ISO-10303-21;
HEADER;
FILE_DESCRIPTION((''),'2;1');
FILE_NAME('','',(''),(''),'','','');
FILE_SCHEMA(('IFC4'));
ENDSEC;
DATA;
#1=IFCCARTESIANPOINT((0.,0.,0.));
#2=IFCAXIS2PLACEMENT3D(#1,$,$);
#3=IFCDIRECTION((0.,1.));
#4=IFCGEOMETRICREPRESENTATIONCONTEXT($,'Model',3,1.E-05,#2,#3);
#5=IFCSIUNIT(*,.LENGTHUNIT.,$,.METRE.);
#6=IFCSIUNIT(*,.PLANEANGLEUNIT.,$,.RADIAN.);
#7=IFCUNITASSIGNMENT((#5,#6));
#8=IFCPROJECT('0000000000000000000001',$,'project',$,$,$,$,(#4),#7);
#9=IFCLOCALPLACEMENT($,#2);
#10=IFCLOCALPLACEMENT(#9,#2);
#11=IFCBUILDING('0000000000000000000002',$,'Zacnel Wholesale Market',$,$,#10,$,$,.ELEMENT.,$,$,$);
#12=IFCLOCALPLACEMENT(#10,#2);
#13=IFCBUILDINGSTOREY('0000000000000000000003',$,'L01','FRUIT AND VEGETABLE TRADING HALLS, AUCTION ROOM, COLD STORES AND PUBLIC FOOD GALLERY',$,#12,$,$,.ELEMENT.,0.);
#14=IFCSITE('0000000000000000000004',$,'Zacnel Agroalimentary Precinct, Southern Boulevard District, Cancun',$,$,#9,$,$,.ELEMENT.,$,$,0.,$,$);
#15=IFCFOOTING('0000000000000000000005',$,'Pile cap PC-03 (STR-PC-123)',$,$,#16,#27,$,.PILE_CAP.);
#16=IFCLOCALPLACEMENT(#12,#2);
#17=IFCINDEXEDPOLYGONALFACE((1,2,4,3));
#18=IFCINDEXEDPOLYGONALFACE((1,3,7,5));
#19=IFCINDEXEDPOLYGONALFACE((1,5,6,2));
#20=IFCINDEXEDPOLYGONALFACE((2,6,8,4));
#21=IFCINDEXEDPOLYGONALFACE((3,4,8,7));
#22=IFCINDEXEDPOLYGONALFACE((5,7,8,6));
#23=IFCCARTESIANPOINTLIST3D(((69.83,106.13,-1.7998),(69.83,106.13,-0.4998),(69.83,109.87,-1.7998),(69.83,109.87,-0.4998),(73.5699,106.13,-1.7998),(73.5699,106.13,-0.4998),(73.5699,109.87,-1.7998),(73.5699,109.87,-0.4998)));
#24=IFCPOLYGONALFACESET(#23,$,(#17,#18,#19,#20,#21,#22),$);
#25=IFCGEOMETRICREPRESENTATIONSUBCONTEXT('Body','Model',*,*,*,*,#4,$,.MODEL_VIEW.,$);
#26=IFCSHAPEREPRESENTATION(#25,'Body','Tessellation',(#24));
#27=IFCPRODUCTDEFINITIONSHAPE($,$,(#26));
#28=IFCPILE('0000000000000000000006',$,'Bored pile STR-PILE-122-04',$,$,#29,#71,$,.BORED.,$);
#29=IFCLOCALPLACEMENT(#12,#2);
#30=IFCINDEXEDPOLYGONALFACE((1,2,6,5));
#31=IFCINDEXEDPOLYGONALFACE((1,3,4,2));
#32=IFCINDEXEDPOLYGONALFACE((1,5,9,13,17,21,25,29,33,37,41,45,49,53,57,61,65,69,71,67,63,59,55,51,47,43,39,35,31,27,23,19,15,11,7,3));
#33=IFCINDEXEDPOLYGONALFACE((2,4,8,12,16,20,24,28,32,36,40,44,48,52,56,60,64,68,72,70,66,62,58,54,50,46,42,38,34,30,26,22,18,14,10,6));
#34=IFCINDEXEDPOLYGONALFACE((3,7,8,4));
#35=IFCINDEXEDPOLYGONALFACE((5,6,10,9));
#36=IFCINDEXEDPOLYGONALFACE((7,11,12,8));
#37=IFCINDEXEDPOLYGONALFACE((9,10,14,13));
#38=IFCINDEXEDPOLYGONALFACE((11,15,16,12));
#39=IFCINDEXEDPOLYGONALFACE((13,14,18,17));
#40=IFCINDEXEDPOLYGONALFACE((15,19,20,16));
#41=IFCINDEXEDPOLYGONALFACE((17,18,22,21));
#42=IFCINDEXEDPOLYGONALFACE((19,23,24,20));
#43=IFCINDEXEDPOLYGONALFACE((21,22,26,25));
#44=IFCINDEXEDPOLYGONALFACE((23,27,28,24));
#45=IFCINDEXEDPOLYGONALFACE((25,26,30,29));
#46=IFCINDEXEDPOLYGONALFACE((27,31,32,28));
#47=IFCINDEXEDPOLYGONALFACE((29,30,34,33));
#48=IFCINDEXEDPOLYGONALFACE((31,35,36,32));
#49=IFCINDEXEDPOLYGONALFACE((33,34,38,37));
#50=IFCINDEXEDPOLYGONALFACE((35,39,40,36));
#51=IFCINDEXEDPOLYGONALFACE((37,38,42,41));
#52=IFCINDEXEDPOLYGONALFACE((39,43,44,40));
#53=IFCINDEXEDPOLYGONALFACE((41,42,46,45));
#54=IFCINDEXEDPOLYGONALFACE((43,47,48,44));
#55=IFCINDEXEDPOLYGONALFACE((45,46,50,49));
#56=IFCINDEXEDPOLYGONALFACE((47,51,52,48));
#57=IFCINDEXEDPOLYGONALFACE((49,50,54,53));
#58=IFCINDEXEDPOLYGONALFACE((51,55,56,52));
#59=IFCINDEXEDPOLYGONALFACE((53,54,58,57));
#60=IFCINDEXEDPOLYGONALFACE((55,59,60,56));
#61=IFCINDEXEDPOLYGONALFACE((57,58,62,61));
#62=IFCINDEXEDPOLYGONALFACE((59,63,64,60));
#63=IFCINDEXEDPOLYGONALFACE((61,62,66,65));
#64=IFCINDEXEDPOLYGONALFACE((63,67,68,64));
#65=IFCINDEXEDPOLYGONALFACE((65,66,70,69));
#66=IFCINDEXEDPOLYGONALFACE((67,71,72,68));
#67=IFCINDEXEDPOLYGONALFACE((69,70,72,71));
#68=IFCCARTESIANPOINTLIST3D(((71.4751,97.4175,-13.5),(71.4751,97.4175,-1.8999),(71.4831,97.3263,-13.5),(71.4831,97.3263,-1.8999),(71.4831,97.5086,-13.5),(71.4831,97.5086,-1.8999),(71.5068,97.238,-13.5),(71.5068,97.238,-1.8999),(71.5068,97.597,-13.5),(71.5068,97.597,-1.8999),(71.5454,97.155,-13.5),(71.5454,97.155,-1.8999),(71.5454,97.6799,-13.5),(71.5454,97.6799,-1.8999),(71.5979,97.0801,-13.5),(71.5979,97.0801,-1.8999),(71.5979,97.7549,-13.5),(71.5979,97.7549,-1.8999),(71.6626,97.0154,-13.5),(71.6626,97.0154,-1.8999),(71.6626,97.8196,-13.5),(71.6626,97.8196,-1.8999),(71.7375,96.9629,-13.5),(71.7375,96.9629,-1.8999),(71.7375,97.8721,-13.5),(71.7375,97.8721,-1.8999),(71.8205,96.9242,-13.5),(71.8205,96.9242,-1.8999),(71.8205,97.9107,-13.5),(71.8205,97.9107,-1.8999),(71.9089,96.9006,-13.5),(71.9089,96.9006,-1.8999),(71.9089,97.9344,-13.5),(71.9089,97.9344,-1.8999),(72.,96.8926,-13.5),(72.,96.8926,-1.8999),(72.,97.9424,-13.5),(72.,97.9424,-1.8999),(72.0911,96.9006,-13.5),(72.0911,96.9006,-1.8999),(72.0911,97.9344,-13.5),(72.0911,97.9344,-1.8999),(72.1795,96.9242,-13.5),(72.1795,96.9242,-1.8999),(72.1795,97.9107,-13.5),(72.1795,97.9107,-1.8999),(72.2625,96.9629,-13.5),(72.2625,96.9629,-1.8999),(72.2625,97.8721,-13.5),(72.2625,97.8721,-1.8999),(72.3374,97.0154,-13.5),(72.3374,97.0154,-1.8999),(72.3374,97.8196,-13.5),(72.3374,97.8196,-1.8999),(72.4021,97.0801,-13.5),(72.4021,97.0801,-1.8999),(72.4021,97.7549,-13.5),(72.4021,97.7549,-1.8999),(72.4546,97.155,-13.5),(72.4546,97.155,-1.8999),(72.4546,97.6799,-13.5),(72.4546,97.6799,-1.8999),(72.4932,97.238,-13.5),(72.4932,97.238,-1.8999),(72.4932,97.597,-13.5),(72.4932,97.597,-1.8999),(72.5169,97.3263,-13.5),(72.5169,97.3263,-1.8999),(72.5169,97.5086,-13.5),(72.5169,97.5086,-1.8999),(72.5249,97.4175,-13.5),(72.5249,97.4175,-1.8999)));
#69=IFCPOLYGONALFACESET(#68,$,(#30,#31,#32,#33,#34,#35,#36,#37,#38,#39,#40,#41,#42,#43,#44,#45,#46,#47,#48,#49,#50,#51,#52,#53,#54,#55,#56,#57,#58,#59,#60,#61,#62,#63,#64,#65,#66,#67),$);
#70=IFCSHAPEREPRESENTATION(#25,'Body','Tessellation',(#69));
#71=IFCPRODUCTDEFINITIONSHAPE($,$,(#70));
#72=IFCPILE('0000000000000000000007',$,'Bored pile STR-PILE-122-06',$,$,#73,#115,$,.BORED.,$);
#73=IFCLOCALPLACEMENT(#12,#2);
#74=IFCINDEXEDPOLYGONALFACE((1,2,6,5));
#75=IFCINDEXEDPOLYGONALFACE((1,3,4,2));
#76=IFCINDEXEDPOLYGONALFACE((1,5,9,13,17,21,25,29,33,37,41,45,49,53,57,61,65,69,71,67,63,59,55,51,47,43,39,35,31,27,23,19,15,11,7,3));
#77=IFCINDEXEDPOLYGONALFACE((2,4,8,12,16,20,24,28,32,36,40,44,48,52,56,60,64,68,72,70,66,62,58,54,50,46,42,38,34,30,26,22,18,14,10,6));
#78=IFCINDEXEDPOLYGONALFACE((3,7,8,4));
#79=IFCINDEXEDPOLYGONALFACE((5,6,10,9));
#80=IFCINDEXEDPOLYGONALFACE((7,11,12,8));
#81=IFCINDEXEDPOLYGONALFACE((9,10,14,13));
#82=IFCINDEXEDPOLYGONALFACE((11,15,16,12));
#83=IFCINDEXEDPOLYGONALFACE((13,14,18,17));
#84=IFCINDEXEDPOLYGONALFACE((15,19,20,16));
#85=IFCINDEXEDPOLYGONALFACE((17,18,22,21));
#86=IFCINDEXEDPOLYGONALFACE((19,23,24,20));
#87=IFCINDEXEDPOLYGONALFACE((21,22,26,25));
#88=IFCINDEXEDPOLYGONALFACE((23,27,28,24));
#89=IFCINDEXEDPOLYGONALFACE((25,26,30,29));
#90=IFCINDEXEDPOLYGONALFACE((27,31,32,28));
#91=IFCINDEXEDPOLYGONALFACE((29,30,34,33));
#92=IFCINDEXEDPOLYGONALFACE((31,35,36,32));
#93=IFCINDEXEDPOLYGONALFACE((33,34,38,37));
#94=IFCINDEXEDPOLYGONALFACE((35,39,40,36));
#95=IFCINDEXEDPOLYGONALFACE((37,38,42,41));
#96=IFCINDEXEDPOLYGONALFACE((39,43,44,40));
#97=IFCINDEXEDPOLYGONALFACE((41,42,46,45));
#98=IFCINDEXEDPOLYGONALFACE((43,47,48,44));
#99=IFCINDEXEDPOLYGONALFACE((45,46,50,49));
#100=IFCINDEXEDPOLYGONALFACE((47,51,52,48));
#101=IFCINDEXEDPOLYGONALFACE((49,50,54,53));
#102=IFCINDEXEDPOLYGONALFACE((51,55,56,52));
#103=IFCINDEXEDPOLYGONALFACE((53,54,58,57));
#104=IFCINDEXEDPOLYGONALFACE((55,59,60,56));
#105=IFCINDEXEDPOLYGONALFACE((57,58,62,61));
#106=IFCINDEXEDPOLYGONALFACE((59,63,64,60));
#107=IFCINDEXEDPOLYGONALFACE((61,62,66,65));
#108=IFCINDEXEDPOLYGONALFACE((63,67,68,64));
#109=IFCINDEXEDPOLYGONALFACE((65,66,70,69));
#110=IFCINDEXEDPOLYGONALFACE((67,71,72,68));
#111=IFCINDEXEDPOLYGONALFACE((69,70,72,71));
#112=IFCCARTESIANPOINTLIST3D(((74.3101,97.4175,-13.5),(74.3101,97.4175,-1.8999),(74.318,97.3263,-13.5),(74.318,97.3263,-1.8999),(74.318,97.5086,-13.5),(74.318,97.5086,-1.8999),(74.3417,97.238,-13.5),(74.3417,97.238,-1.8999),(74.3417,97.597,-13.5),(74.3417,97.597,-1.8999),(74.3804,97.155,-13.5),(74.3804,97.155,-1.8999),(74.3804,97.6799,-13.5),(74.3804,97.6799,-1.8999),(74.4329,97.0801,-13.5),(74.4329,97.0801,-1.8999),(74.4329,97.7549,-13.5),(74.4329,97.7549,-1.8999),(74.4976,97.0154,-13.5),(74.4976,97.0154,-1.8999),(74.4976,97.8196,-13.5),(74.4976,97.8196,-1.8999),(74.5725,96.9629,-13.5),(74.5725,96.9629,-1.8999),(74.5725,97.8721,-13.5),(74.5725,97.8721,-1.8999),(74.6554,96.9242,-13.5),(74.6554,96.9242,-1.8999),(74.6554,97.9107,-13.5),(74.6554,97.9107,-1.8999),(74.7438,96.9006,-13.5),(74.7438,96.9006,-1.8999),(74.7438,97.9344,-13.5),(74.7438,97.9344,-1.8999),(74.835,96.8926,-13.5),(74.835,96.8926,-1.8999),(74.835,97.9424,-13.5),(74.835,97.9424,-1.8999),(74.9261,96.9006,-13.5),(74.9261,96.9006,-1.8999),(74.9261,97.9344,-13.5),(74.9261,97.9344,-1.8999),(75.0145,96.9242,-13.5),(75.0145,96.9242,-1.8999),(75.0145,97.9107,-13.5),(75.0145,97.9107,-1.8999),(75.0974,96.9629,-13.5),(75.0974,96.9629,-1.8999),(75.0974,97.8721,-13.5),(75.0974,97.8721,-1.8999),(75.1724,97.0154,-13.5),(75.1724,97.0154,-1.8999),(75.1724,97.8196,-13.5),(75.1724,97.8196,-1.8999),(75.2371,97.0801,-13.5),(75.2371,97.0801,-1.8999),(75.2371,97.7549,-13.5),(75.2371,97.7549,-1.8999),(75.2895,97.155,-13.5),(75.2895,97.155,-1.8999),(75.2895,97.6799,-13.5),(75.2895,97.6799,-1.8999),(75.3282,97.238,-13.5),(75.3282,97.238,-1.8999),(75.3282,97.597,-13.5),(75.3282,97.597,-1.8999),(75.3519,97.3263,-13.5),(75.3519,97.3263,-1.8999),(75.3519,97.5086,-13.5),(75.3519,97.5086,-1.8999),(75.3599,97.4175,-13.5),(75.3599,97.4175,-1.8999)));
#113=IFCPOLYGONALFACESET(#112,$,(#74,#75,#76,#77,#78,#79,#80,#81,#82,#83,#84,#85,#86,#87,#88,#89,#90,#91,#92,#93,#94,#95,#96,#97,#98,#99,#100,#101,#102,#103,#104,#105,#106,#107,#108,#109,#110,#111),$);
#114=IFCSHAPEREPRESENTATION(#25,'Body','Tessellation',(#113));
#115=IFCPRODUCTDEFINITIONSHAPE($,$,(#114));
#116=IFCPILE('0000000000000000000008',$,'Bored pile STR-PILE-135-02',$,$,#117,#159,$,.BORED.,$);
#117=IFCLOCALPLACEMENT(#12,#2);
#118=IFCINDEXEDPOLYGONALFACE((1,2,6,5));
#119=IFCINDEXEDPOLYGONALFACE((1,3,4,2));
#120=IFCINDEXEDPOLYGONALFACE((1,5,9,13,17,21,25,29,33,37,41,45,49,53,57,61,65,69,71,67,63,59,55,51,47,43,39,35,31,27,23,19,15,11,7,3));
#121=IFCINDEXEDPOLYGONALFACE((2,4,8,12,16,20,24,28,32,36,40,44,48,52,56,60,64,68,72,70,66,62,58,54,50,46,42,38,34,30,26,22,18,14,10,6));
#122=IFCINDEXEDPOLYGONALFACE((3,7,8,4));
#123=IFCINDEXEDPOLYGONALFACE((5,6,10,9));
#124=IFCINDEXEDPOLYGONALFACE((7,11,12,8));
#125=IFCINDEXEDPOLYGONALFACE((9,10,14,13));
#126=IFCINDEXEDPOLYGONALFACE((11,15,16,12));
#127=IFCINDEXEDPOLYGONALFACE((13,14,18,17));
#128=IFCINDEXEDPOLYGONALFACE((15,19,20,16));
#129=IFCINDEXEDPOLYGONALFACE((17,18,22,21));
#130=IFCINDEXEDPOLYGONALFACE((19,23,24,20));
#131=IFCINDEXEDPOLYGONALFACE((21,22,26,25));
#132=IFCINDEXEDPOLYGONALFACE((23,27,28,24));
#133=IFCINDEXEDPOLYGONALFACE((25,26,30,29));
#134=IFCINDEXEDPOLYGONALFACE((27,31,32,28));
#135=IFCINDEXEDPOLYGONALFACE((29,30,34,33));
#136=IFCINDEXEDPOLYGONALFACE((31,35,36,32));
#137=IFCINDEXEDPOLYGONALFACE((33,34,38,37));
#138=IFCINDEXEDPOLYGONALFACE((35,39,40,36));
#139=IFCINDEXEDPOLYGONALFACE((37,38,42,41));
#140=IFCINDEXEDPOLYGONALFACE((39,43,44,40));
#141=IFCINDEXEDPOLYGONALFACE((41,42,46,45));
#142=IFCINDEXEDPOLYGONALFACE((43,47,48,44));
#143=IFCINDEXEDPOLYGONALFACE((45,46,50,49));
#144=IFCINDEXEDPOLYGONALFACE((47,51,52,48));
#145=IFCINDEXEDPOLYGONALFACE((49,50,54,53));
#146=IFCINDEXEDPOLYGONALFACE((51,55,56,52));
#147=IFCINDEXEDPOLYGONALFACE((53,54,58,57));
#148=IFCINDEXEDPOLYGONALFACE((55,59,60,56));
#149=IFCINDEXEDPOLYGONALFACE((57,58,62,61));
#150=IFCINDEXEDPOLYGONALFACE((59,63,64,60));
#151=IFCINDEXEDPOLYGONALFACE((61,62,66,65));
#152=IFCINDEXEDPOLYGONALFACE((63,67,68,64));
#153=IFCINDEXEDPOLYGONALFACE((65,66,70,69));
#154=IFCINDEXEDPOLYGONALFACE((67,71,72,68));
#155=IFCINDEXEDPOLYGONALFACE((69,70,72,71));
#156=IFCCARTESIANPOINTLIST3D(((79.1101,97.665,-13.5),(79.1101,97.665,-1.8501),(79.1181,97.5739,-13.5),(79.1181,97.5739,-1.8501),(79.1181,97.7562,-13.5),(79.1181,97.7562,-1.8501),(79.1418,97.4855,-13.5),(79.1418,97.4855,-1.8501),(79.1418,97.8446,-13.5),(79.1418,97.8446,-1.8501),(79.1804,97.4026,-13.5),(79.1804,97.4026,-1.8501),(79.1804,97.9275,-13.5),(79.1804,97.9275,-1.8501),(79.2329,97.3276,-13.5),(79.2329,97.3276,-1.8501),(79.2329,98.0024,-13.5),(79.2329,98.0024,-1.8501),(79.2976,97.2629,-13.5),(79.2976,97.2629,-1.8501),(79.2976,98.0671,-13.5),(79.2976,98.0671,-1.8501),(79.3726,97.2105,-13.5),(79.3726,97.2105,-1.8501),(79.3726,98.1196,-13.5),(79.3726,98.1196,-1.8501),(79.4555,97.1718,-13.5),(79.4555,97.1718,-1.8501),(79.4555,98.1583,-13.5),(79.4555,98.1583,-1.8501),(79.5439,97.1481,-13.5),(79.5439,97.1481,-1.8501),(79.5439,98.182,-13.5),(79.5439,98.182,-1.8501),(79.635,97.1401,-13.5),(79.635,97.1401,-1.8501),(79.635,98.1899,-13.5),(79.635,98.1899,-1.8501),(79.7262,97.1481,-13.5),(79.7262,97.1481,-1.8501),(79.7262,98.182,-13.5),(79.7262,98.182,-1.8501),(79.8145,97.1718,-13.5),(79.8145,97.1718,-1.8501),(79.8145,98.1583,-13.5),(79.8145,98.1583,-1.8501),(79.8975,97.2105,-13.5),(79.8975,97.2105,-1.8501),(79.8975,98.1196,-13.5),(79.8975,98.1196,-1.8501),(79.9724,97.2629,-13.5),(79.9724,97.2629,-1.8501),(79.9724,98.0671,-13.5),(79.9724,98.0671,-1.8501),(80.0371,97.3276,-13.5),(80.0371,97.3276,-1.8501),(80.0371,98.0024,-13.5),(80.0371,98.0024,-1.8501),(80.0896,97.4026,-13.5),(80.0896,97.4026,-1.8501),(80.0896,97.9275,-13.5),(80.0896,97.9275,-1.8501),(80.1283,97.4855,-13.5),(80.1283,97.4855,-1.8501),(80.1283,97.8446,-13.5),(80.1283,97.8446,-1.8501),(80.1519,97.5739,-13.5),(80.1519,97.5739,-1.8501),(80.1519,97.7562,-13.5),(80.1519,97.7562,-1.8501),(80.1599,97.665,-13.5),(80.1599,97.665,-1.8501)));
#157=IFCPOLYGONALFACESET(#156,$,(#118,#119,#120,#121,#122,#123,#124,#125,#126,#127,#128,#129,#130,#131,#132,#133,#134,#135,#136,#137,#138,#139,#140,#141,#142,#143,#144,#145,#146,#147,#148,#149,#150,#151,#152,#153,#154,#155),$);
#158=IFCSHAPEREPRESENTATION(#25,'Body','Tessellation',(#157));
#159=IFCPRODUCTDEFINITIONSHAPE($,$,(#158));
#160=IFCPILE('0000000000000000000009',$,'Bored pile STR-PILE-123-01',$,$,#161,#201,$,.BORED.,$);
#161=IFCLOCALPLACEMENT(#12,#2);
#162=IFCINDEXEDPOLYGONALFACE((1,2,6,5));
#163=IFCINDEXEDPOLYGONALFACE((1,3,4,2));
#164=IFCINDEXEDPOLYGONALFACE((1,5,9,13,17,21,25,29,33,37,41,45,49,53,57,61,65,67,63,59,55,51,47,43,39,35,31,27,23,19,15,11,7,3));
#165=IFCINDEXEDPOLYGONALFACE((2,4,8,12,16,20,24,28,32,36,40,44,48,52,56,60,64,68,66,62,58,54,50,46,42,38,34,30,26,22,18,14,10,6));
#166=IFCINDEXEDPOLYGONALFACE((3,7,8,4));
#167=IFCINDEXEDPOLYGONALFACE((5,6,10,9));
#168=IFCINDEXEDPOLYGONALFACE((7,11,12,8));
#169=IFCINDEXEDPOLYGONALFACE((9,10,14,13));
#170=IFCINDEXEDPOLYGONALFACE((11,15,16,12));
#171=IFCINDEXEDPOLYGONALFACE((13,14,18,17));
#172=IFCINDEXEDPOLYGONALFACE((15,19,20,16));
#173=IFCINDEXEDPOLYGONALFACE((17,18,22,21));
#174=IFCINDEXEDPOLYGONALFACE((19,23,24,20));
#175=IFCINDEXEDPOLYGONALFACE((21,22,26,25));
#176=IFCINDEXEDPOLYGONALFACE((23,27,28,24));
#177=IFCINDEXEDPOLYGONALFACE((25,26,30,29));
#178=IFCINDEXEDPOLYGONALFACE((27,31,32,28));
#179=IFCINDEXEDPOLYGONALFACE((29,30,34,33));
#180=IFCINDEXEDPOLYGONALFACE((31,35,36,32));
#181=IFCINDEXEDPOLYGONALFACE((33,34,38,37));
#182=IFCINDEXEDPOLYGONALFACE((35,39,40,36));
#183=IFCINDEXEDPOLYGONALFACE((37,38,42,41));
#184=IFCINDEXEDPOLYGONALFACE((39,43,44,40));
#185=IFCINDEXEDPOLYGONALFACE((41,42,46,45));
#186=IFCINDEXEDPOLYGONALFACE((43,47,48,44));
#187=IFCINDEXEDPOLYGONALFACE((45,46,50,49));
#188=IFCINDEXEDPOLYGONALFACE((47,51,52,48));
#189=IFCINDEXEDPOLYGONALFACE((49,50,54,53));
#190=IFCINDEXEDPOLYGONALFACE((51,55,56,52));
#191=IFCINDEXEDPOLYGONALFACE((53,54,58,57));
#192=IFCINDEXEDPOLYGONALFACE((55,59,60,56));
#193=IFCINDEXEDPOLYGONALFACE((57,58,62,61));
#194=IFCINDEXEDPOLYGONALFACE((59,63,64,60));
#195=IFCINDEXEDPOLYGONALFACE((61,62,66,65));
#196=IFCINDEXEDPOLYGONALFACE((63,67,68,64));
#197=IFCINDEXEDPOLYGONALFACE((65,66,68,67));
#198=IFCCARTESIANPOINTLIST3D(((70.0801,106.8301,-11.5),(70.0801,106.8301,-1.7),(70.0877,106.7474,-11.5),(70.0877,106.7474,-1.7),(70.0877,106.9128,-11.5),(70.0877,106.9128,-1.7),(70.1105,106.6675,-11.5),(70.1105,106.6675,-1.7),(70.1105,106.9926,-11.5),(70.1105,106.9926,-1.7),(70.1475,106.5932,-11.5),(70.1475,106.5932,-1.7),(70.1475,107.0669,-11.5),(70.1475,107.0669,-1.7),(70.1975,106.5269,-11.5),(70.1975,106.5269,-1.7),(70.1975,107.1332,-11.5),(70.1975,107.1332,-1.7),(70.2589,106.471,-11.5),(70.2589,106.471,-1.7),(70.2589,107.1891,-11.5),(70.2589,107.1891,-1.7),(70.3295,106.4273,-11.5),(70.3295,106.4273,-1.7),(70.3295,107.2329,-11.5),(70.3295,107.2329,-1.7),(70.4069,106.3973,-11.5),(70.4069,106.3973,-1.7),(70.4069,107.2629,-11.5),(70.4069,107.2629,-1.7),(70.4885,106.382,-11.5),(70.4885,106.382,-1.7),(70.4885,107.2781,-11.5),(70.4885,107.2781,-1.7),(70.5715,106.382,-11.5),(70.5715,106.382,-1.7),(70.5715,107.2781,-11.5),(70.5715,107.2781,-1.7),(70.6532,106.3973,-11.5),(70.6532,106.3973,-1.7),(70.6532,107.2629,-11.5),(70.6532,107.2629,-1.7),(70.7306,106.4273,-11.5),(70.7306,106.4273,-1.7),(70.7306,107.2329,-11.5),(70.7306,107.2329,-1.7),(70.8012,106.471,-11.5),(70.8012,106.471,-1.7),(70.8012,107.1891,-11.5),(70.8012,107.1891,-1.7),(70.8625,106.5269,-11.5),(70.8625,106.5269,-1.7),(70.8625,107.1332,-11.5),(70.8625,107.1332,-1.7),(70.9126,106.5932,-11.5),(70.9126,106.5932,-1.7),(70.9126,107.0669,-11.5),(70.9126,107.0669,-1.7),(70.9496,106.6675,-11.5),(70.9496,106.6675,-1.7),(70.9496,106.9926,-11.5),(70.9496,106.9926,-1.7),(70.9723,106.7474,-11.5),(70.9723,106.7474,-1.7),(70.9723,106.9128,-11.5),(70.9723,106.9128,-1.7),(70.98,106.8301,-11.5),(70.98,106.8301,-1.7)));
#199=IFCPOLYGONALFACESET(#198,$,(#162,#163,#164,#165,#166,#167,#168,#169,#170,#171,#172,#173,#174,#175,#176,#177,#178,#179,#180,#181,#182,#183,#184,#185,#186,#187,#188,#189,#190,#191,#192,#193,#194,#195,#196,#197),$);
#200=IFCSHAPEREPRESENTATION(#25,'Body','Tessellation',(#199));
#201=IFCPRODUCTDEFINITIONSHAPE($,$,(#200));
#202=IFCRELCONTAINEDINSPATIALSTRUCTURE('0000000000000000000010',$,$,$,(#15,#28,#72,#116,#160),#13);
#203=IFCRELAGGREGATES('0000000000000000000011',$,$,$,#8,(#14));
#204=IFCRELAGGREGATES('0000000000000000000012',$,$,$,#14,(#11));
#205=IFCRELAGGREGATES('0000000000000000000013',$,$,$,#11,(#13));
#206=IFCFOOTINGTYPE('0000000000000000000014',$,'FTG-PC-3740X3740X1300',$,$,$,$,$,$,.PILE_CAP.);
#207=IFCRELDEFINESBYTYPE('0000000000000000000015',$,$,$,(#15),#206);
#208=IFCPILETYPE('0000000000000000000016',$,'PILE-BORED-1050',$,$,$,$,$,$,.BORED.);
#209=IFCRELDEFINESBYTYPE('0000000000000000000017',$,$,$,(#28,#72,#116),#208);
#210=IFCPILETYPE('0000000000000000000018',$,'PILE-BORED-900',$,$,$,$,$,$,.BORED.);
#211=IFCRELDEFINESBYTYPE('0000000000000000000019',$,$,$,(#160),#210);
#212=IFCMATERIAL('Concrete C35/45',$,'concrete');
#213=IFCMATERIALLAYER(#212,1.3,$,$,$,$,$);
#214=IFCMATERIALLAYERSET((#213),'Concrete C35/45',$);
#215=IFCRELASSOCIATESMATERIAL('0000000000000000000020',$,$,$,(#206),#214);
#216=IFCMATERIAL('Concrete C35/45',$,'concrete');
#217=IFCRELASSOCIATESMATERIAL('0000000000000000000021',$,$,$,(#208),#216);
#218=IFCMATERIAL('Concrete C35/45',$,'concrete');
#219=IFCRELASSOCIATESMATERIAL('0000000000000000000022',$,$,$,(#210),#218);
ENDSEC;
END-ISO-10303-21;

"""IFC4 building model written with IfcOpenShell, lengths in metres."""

from ifc_helpers import new_model, si_unit, direction, frame, origin, origin_2d, place, context, subcontext, project, spatial, rectangle, circle, extrude, material, layer, layer_set, material_profile, profile_set, type_object, element, save


model = new_model("IFC4")

# Units and contexts
model_context = context("Model", 3, precision=1e-05, world=origin(), true_north=direction((0.0, 1.0)))
body_context = subcontext(model_context, "Body", "Model", "MODEL_VIEW")
ifc_project = project(units=[si_unit("LENGTHUNIT", "METRE"), si_unit("PLANEANGLEUNIT", "RADIAN")], contexts=[model_context])

# Site, building, storey
site_placement = place(None, origin())
site = spatial("IfcSite", under=ifc_project, at=site_placement, Name="Zacnel Agroalimentary Precinct, Southern Boulevard District, Cancun", CompositionType="ELEMENT", RefElevation=0.0)
building_placement = place(site_placement, origin())
building = spatial("IfcBuilding", under=site, at=building_placement, Name="Zacnel Wholesale Market", CompositionType="ELEMENT")
storey_placement = place(building_placement, origin())
storey = spatial("IfcBuildingStorey", under=building, at=storey_placement, Name="L01", Description="FRUIT AND VEGETABLE TRADING HALLS, AUCTION ROOM, COLD STORES AND PUBLIC FOOD GALLERY", CompositionType="ELEMENT", Elevation=0.0)

# Footing
ifc_material_1 = material(Name="Concrete C35/45", Category="concrete")
ifc_layer_1 = layer(ifc_material_1, 1.3)
ifc_layer_set_1 = layer_set([ifc_layer_1], Name="Concrete C35/45")
footing_type = type_object("IfcFootingType", Name="FTG-PC-3740X3740X1300", PredefinedType="PILE_CAP", material=ifc_layer_set_1)
footing_placement = place(storey_placement, frame((71.7, 108.0, -1.7998), z_axis=(0.0, 0.0, 1.0), x_axis=(1.0, 0.0, 0.0)))
element("IfcFooting", 1, at=footing_placement, inside=storey, type_object=footing_type, Name="Pile cap PC-03 (STR-PC-123)", PredefinedType="PILE_CAP", context=body_context, shape_type="SweptSolid", body=[
    extrude(rectangle(XDim=3.74, YDim=3.74, at=origin_2d()), origin(), (0.0, 0.0, 1.0), 1.3),
])

# Piles
ifc_material_2 = material(Name="Concrete C35/45", Category="concrete")
ifc_material_profile_1 = material_profile(ifc_material_2, circle(Radius=0.5249, at=origin_2d()), Name="BORED PILE D1050")
ifc_profile_set_1 = profile_set([ifc_material_profile_1], Name="Concrete C35/45")
pile_type_1 = type_object("IfcPileType", Name="PILE-BORED-1050", PredefinedType="BORED", material=ifc_profile_set_1)
for number, where, z_axis, x_axis, name in (
    (2, (72.0, 97.4175, -1.8999), (0.0, 0.0, -1.0), (1.0, 0.0, 0.0), "Bored pile STR-PILE-122-04"),
    (3, (74.835, 97.4175, -1.8999), (0.0, 0.0, -1.0), (1.0, 0.0, 0.0), "Bored pile STR-PILE-122-06"),
):
    element("IfcPile", number, at=place(storey_placement, frame(where, z_axis=z_axis, x_axis=x_axis)), inside=storey, type_object=pile_type_1, Name=name, PredefinedType="BORED", context=body_context, shape_type="SweptSolid", body=[
        extrude(circle(Radius=0.5249, at=origin_2d()), origin(), (0.0, 0.0, 1.0), 11.6001),
    ])
pile_placement = place(storey_placement, frame((79.635, 97.665, -1.8501), z_axis=(0.0, 0.0, -1.0), x_axis=(1.0, 0.0, 0.0)))
element("IfcPile", 4, at=pile_placement, inside=storey, type_object=pile_type_1, Name="Bored pile STR-PILE-135-02", PredefinedType="BORED", context=body_context, shape_type="SweptSolid", body=[
    extrude(circle(Radius=0.5249, at=origin_2d()), origin(), (0.0, 0.0, 1.0), 11.6499),
])
ifc_material_3 = material(Name="Concrete C35/45", Category="concrete")
ifc_material_profile_2 = material_profile(ifc_material_3, circle(Radius=0.45, at=origin_2d()), Name="BORED PILE D900")
ifc_profile_set_2 = profile_set([ifc_material_profile_2], Name="Concrete C35/45")
pile_type_2 = type_object("IfcPileType", Name="PILE-BORED-900", PredefinedType="BORED", material=ifc_profile_set_2)
for number, where, z_axis, x_axis, name in (
    (5, (70.53, 106.8301, -1.7), (0.0, 0.0, -1.0), (1.0, 0.0, 0.0), "Bored pile STR-PILE-123-01"),
):
    element("IfcPile", number, at=place(storey_placement, frame(where, z_axis=z_axis, x_axis=x_axis)), inside=storey, type_object=pile_type_2, Name=name, PredefinedType="BORED", context=body_context, shape_type="SweptSolid", body=[
        extrude(circle(Radius=0.45, at=origin_2d()), origin(), (0.0, 0.0, 1.0), 9.8),
    ])

save(model, "model.ifc")
